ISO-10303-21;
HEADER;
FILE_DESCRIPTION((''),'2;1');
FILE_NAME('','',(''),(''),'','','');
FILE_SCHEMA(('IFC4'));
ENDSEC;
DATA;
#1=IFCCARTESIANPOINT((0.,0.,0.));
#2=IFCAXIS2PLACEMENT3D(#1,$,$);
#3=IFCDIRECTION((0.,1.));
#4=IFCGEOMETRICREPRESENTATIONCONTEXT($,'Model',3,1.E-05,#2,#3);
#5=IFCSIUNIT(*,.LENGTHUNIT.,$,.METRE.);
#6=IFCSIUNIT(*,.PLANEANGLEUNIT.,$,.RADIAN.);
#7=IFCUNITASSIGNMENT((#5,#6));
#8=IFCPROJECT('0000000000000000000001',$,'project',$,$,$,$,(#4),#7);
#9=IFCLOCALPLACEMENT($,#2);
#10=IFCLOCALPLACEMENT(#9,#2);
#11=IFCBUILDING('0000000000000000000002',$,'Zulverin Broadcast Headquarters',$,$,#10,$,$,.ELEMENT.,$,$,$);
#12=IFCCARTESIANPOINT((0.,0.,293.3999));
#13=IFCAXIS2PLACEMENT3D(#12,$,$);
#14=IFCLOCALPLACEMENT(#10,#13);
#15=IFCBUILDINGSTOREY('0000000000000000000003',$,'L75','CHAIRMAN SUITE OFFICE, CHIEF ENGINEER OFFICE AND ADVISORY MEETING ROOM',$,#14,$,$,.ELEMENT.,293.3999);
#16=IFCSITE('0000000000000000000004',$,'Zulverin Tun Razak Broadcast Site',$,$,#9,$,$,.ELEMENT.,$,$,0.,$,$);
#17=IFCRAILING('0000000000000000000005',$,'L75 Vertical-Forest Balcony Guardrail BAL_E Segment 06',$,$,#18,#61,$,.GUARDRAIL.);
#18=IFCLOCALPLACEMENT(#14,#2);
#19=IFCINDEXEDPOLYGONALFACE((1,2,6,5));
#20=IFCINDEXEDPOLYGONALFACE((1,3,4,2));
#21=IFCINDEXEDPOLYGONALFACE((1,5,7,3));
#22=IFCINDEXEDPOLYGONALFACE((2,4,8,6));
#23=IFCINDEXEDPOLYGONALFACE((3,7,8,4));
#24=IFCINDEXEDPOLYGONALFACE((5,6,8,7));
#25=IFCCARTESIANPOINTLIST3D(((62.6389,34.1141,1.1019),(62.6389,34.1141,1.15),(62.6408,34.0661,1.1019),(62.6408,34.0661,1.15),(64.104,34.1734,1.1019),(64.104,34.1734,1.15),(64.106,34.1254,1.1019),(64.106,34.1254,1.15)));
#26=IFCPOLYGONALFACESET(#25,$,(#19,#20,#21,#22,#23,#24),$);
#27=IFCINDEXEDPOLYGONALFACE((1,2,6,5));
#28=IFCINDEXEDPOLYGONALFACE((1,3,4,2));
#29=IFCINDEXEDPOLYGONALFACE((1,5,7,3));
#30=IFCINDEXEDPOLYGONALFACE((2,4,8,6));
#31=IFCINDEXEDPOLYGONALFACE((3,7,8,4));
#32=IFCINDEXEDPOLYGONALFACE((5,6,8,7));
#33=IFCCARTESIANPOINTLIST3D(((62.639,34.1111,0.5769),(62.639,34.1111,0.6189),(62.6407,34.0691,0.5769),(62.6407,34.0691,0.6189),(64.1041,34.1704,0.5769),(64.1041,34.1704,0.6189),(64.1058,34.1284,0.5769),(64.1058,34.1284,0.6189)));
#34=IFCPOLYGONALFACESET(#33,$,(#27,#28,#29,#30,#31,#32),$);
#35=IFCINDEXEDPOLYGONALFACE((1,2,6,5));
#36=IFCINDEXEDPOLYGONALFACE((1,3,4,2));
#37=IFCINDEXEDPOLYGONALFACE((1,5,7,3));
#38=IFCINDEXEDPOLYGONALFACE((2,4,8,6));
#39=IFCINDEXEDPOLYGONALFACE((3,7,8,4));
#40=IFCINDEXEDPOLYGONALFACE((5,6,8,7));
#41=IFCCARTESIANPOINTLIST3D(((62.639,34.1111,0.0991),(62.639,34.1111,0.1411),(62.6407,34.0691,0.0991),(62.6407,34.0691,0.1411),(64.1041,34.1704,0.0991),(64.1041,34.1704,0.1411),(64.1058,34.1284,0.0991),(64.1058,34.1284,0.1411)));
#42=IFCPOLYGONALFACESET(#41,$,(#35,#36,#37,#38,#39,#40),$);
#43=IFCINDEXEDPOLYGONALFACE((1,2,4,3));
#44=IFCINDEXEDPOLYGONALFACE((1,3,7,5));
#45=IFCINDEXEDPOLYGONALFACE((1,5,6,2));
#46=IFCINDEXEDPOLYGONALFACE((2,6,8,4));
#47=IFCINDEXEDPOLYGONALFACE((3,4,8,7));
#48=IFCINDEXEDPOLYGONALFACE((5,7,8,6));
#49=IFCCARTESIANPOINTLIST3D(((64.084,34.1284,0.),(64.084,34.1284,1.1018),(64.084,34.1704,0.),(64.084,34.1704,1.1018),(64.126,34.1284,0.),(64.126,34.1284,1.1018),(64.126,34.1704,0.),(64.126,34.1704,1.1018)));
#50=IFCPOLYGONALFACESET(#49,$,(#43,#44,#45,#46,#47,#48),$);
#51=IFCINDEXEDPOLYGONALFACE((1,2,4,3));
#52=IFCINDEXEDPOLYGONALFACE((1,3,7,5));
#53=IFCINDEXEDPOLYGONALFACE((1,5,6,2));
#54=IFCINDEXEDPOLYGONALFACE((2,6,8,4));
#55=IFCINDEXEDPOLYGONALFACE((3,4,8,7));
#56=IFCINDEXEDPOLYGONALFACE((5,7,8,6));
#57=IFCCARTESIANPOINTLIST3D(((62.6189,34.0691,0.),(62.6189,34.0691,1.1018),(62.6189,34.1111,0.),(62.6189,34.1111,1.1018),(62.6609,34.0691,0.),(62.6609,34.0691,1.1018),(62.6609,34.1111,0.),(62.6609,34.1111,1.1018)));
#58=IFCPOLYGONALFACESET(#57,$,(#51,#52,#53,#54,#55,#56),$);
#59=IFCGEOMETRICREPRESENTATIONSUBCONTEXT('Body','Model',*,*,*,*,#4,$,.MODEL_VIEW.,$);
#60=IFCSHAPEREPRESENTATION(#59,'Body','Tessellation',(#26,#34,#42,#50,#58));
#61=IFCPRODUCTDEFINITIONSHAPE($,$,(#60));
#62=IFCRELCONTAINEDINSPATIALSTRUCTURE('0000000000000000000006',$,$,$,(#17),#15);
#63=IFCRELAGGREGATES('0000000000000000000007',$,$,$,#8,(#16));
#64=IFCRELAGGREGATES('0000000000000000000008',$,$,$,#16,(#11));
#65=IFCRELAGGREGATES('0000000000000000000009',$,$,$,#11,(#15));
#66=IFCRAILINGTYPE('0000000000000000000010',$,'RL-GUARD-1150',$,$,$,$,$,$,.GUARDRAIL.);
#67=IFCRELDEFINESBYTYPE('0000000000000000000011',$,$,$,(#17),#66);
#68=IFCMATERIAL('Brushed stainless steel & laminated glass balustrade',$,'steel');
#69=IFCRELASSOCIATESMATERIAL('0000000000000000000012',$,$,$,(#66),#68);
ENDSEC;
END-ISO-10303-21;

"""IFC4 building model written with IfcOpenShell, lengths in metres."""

from ifc_helpers import new_model, si_unit, direction, frame, origin, origin_2d, place, context, subcontext, project, spatial, rectangle, extrude, material, type_object, element, save


model = new_model("IFC4")

# Units and contexts
model_context = context("Model", 3, precision=1e-05, world=origin(), true_north=direction((0.0, 1.0)))
body_context = subcontext(model_context, "Body", "Model", "MODEL_VIEW")
ifc_project = project(units=[si_unit("LENGTHUNIT", "METRE"), si_unit("PLANEANGLEUNIT", "RADIAN")], contexts=[model_context])

# Site, building, storey
site_placement = place(None, origin())
site = spatial("IfcSite", under=ifc_project, at=site_placement, Name="Zulverin Tun Razak Broadcast Site", CompositionType="ELEMENT", RefElevation=0.0)
building_placement = place(site_placement, origin())
building = spatial("IfcBuilding", under=site, at=building_placement, Name="Zulverin Broadcast Headquarters", CompositionType="ELEMENT")
storey_placement = place(building_placement, frame((0.0, 0.0, 293.3999)))
storey = spatial("IfcBuildingStorey", under=building, at=storey_placement, Name="L75", Description="CHAIRMAN SUITE OFFICE, CHIEF ENGINEER OFFICE AND ADVISORY MEETING ROOM", CompositionType="ELEMENT", Elevation=293.3999)

# Railing
ifc_material_1 = material(Name="Brushed stainless steel & laminated glass balustrade", Category="steel")
railing_type = type_object("IfcRailingType", Name="RL-GUARD-1150", PredefinedType="GUARDRAIL", material=ifc_material_1)
railing_1_placement = place(storey_placement, frame((64.105, 34.1494, 0.0)))
element("IfcRailing", 1, at=railing_1_placement, inside=storey, type_object=railing_type, Name="L75 Vertical-Forest Balcony Guardrail BAL_E Segment 06", PredefinedType="GUARDRAIL", context=body_context, shape_type="SweptSolid", body=[
    extrude(rectangle(XDim=0.0481, YDim=0.0481, at=origin_2d()), frame((0.0, 0.0, 1.126), z_axis=(-0.999181, -0.04046, 0.0), x_axis=(0.04046, -0.999181, 0.0)), (0.0, 0.0, 1.0), 1.4663),
    extrude(rectangle(XDim=0.042, YDim=0.042, at=origin_2d()), frame((0.0, 0.0, 0.5979), z_axis=(-0.999181, -0.04046, 0.0), x_axis=(0.04046, -0.999181, 0.0)), (0.0, 0.0, 1.0), 1.4663),
    extrude(rectangle(XDim=0.042, YDim=0.042, at=origin_2d()), frame((0.0, 0.0, 0.1201), z_axis=(-0.999181, -0.04046, 0.0), x_axis=(0.04046, -0.999181, 0.0)), (0.0, 0.0, 1.0), 1.4663),
    extrude(rectangle(XDim=0.042, YDim=0.042, at=origin_2d()), origin(), (0.0, 0.0, 1.0), 1.1018),
    extrude(rectangle(XDim=0.042, YDim=0.042, at=origin_2d()), frame((-1.4651, -0.0593, 0.0)), (0.0, 0.0, 1.0), 1.1018),
])

save(model, "model.ifc")
